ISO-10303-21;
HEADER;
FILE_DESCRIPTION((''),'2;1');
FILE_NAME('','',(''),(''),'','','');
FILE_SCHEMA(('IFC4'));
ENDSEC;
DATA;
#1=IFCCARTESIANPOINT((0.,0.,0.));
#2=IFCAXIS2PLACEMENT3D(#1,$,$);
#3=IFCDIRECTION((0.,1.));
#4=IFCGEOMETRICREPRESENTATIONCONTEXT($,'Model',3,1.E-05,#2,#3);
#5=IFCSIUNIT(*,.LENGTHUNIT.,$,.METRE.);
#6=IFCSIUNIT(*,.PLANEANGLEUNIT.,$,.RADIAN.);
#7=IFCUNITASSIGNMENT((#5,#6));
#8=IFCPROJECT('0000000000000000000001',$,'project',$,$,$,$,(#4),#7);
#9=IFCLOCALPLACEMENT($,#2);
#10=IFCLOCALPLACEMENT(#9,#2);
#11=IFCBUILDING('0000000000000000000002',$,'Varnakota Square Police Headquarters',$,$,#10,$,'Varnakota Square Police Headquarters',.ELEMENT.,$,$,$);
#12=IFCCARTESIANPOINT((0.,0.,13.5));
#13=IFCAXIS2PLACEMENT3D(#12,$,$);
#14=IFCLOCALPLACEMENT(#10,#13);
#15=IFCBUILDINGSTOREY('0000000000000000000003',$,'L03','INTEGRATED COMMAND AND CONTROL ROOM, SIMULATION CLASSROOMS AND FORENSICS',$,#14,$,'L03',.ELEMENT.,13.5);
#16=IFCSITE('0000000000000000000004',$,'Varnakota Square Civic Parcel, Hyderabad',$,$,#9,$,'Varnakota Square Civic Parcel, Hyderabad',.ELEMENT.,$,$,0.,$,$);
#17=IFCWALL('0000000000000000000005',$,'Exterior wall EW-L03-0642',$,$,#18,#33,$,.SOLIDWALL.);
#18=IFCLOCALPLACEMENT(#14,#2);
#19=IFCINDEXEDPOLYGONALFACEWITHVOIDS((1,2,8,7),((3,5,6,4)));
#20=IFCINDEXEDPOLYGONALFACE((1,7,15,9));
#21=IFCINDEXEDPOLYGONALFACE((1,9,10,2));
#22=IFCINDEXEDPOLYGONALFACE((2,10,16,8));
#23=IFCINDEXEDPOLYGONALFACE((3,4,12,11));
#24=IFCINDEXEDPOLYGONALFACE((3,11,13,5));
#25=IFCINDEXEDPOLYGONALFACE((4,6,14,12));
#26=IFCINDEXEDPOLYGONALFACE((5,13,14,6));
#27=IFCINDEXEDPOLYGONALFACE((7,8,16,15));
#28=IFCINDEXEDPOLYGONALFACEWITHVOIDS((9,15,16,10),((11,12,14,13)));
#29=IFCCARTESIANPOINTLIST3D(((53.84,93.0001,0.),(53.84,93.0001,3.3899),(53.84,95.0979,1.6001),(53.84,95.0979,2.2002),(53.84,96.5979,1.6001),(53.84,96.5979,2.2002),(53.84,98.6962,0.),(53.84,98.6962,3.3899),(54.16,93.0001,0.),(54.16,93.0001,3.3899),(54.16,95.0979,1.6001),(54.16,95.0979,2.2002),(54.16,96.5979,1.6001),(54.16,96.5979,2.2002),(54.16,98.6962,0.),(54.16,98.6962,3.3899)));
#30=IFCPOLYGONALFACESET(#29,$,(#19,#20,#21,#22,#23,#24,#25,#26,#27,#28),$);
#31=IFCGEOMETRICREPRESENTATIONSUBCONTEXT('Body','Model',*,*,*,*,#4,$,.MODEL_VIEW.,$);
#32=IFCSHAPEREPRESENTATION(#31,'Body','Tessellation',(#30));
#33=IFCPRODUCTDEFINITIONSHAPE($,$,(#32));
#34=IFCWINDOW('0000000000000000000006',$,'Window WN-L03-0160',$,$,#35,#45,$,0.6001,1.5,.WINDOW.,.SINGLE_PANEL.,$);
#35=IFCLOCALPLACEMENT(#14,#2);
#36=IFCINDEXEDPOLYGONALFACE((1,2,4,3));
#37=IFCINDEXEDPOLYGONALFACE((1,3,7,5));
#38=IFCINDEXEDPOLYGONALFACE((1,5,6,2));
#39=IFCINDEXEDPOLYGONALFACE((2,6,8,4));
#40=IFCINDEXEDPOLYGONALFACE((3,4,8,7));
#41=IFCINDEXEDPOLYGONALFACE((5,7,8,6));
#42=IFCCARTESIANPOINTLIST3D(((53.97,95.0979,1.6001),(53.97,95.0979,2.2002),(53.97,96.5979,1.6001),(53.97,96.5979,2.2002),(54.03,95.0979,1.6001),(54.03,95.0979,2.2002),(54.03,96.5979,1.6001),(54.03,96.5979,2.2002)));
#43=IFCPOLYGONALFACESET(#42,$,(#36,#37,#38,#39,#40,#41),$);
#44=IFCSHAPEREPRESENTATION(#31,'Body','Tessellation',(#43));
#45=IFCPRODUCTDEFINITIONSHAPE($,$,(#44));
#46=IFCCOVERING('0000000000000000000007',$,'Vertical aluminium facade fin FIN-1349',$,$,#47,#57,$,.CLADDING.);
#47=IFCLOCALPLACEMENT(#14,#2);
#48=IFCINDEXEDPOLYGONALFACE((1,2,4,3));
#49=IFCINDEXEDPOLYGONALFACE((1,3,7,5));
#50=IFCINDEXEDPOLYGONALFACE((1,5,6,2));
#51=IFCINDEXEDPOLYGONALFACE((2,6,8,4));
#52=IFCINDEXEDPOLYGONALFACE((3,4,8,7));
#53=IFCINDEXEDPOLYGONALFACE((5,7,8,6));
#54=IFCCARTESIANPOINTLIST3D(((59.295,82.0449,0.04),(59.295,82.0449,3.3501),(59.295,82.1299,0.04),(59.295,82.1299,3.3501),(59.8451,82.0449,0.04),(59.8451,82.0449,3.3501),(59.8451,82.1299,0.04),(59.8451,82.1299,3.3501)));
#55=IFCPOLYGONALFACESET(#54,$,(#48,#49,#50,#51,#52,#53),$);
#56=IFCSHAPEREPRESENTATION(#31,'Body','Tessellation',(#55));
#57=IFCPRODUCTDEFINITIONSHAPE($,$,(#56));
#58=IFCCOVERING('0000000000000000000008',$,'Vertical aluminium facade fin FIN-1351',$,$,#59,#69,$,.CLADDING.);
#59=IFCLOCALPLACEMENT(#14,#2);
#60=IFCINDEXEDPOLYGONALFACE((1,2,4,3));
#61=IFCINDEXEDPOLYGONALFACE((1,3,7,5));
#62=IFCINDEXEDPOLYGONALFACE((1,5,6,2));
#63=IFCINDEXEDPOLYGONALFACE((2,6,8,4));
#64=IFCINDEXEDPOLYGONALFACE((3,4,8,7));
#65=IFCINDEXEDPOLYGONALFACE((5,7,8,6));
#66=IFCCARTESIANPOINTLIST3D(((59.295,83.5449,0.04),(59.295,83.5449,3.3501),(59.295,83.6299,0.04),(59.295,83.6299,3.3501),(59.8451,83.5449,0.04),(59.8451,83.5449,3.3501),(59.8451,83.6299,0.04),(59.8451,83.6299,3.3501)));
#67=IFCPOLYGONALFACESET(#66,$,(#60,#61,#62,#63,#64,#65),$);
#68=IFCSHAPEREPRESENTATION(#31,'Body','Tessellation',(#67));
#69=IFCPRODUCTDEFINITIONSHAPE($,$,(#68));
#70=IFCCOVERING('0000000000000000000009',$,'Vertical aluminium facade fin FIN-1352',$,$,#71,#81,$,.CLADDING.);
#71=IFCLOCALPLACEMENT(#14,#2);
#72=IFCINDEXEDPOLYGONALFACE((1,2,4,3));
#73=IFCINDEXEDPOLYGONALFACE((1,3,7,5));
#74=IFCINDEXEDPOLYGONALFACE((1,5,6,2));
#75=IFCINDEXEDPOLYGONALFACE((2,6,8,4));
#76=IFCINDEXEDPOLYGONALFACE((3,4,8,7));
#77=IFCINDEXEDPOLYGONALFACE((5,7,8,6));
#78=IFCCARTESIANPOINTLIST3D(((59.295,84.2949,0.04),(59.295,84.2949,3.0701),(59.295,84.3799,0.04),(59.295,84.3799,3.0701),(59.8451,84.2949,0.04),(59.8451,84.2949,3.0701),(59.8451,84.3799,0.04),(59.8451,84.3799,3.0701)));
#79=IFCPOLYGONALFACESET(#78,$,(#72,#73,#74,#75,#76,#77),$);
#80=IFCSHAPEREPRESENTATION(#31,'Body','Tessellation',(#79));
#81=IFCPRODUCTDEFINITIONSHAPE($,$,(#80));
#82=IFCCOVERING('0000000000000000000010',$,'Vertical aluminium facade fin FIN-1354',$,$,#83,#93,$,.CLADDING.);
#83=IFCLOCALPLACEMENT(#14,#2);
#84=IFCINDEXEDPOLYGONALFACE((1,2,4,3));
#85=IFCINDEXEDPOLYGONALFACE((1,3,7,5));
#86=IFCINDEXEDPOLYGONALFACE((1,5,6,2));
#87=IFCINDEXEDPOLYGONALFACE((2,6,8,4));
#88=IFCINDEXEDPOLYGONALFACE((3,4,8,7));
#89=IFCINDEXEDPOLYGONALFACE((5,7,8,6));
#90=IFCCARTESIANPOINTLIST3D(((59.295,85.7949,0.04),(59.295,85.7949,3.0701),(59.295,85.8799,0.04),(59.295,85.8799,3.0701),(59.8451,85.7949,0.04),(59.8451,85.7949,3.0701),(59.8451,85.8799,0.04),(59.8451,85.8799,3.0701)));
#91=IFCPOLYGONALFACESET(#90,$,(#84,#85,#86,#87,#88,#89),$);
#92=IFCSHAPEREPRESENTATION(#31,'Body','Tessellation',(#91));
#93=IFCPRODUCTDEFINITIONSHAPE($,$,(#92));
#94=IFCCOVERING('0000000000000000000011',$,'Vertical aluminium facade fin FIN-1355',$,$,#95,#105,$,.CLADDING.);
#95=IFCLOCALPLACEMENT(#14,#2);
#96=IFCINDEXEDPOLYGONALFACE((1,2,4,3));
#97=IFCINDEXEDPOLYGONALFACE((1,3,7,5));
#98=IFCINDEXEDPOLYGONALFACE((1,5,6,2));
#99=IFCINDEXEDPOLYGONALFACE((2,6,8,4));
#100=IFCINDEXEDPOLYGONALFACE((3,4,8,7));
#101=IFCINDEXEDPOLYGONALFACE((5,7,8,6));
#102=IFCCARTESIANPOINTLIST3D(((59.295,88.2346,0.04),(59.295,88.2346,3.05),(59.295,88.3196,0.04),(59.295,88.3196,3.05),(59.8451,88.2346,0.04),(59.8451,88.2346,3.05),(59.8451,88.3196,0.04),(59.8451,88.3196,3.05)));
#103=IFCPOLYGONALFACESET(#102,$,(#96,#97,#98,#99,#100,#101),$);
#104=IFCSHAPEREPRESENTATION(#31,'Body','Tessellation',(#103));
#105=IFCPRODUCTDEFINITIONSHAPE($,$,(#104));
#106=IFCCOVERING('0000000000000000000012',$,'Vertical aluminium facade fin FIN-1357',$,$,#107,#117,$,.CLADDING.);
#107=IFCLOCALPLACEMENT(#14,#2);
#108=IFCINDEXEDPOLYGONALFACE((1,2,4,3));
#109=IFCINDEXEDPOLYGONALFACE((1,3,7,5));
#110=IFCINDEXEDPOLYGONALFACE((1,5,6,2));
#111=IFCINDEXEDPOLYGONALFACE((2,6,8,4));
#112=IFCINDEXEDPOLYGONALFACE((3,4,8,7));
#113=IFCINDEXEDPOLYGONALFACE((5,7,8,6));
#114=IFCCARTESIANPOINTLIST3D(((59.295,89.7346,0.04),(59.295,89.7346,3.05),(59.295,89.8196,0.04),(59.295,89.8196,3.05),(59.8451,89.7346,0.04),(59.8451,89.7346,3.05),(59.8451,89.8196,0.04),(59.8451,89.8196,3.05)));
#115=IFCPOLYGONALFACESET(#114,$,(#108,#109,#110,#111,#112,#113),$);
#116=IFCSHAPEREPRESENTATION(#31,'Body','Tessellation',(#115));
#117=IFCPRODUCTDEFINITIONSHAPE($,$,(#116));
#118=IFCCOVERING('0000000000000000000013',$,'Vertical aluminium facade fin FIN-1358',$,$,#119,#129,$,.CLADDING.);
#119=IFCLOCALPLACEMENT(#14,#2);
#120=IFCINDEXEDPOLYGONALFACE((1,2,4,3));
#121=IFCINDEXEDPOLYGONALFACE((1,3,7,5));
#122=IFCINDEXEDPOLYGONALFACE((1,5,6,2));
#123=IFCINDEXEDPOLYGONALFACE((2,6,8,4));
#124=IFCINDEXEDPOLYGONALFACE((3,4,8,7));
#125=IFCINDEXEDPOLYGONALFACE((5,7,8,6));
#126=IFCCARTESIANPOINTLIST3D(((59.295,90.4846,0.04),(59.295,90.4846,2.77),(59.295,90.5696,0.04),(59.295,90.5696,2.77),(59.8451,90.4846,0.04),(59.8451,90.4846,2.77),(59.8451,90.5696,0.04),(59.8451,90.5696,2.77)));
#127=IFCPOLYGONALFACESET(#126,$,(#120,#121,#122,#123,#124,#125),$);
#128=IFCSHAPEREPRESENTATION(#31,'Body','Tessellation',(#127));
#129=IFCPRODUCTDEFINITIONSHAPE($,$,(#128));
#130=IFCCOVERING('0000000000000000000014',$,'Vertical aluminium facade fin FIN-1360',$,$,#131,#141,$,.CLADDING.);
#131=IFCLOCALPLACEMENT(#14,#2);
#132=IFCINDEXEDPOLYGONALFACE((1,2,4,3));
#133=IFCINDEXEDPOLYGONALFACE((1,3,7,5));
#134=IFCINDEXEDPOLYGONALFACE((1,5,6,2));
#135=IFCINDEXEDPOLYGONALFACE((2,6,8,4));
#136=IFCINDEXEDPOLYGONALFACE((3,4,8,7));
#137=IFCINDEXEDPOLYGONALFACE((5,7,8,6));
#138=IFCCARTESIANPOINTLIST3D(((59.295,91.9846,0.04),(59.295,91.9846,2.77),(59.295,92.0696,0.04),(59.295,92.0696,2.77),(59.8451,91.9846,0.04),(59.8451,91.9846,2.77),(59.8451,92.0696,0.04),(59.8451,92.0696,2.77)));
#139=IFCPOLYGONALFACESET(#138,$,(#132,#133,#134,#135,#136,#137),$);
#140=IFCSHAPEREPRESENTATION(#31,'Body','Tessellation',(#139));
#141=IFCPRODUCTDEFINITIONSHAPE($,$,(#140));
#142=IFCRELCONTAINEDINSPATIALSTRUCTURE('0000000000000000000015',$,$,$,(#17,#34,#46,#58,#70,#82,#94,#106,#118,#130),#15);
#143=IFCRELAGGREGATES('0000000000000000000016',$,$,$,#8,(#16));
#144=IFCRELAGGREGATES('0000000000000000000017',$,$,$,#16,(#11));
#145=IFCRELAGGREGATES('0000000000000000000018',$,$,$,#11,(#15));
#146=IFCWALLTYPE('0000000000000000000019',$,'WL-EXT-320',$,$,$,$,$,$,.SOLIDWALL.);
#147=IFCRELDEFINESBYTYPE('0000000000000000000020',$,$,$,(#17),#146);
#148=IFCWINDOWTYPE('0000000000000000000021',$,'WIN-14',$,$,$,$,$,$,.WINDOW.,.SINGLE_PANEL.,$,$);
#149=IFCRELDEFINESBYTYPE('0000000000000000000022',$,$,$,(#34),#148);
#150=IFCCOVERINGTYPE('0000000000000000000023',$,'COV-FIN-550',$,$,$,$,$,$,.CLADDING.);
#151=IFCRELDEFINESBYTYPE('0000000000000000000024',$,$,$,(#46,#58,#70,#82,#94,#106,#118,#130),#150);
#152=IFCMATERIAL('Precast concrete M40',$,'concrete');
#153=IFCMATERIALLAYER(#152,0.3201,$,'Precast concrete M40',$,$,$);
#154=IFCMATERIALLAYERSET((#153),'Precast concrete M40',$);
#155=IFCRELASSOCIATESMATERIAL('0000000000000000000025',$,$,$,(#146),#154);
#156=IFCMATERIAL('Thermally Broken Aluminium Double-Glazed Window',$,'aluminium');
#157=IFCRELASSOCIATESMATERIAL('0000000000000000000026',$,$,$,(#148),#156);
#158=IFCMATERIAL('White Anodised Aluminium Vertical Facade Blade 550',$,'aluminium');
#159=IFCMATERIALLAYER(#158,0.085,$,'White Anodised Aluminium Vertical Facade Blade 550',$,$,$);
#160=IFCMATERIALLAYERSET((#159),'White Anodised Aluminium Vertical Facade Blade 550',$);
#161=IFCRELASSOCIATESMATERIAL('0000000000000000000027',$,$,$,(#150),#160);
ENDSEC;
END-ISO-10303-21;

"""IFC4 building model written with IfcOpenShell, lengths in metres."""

from ifc_helpers import new_model, si_unit, direction, frame, frame_2d, origin, origin_2d, place, context, subcontext, project, spatial, rectangle, extrude, material, layer, layer_set, type_object, element, fill, save


model = new_model("IFC4")

# Units and contexts
model_context = context("Model", 3, precision=1e-05, world=origin(), true_north=direction((0.0, 1.0)))
body_context = subcontext(model_context, "Body", "Model", "MODEL_VIEW")
ifc_project = project(units=[si_unit("LENGTHUNIT", "METRE"), si_unit("PLANEANGLEUNIT", "RADIAN")], contexts=[model_context])

# Site, building, storey
site_placement = place(None, origin())
site = spatial("IfcSite", under=ifc_project, at=site_placement, Name="Varnakota Square Civic Parcel, Hyderabad", LongName="Varnakota Square Civic Parcel, Hyderabad", CompositionType="ELEMENT", RefElevation=0.0)
building_placement = place(site_placement, origin())
building = spatial("IfcBuilding", under=site, at=building_placement, Name="Varnakota Square Police Headquarters", LongName="Varnakota Square Police Headquarters", CompositionType="ELEMENT")
storey_placement = place(building_placement, frame((0.0, 0.0, 13.5)))
storey = spatial("IfcBuildingStorey", under=building, at=storey_placement, Name="L03", Description="INTEGRATED COMMAND AND CONTROL ROOM, SIMULATION CLASSROOMS AND FORENSICS", LongName="L03", CompositionType="ELEMENT", Elevation=13.5)

# Wall, opening, window
ifc_material_1 = material(Name="Precast concrete M40", Category="concrete")
ifc_layer_1 = layer(ifc_material_1, 0.3201, Name="Precast concrete M40")
ifc_layer_set_1 = layer_set([ifc_layer_1], Name="Precast concrete M40")
wall_type = type_object("IfcWallType", Name="WL-EXT-320", PredefinedType="SOLIDWALL", material=ifc_layer_set_1)
ifc_material_2 = material(Name="Thermally Broken Aluminium Double-Glazed Window", Category="aluminium")
window_type = type_object("IfcWindowType", Name="WIN-14", PartitioningType="SINGLE_PANEL", PredefinedType="WINDOW", material=ifc_material_2)
wall_1_placement = place(storey_placement, frame((54.0, 93.0, 0.0), z_axis=(0.0, 0.0, 1.0), x_axis=(0.0, 1.0, 0.0)))
wall_1 = element("IfcWall", 1, at=wall_1_placement, inside=storey, type_object=wall_type, Name="Exterior wall EW-L03-0642", PredefinedType="SOLIDWALL", context=body_context, shape_type="SweptSolid", body=[
    extrude(rectangle(XDim=5.696, YDim=0.3201, at=frame_2d((2.8481, 0.0))), origin(), (0.0, 0.0, 1.0), 3.3899),
])
opening_1_placement = place(wall_1_placement, frame((2.0979, 0.0, 1.6001)))
opening_1 = element("IfcOpeningElement", 2, at=opening_1_placement, cuts=wall_1, PredefinedType="OPENING", context=body_context, shape_type="SweptSolid", body=[
    extrude(rectangle(XDim=1.5, YDim=0.6001, at=frame_2d((0.75, 0.3))), frame((0.0, 0.1699, 0.0), z_axis=(0.0, -1.0, 0.0), x_axis=(1.0, 0.0, 0.0)), (0.0, 0.0, 1.0), 0.3401),
])
window_1_placement = place(opening_1_placement, origin())
window_1 = element("IfcWindow", 3, at=window_1_placement, inside=storey, type_object=window_type, Name="Window WN-L03-0160", OverallHeight=0.6001, OverallWidth=1.5, PartitioningType="SINGLE_PANEL", PredefinedType="WINDOW", context=body_context, shape_type="SweptSolid", body=[
    extrude(rectangle(XDim=1.5, YDim=0.6001, at=frame_2d((0.75, 0.3))), frame((0.0, 0.03, 0.0), z_axis=(0.0, -1.0, 0.0), x_axis=(1.0, 0.0, 0.0)), (0.0, 0.0, 1.0), 0.0601),
])
fill(opening_1, window_1)

# Coverings
ifc_material_3 = material(Name="White Anodised Aluminium Vertical Facade Blade 550", Category="aluminium")
ifc_layer_2 = layer(ifc_material_3, 0.085, Name="White Anodised Aluminium Vertical Facade Blade 550")
ifc_layer_set_2 = layer_set([ifc_layer_2], Name="White Anodised Aluminium Vertical Facade Blade 550")
covering_type = type_object("IfcCoveringType", Name="COV-FIN-550", PredefinedType="CLADDING", material=ifc_layer_set_2)
for number, where, z_axis, x_axis, name in (
    (4, (59.5701, 82.0874, 0.04), (0.0, 0.0, 1.0), (0.0, 1.0, 0.0), "Vertical aluminium facade fin FIN-1349"),
    (5, (59.5701, 83.5874, 0.04), (0.0, 0.0, 1.0), (0.0, 1.0, 0.0), "Vertical aluminium facade fin FIN-1351"),
):
    element("IfcCovering", number, at=place(storey_placement, frame(where, z_axis=z_axis, x_axis=x_axis)), inside=storey, type_object=covering_type, Name=name, PredefinedType="CLADDING", context=body_context, shape_type="SweptSolid", body=[
        extrude(rectangle(XDim=0.085, YDim=0.55, at=origin_2d()), origin(), (0.0, 0.0, 1.0), 3.3101),
    ])
for number, where, z_axis, x_axis, name in (
    (6, (59.5701, 84.3374, 0.04), (0.0, 0.0, 1.0), (0.0, 1.0, 0.0), "Vertical aluminium facade fin FIN-1352"),
    (7, (59.5701, 85.8374, 0.04), (0.0, 0.0, 1.0), (0.0, 1.0, 0.0), "Vertical aluminium facade fin FIN-1354"),
):
    element("IfcCovering", number, at=place(storey_placement, frame(where, z_axis=z_axis, x_axis=x_axis)), inside=storey, type_object=covering_type, Name=name, PredefinedType="CLADDING", context=body_context, shape_type="SweptSolid", body=[
        extrude(rectangle(XDim=0.085, YDim=0.55, at=origin_2d()), origin(), (0.0, 0.0, 1.0), 3.03),
    ])
for number, where, z_axis, x_axis, name in (
    (8, (59.5701, 88.2771, 0.04), (0.0, 0.0, 1.0), (0.0, 1.0, 0.0), "Vertical aluminium facade fin FIN-1355"),
    (9, (59.5701, 89.7771, 0.04), (0.0, 0.0, 1.0), (0.0, 1.0, 0.0), "Vertical aluminium facade fin FIN-1357"),
):
    element("IfcCovering", number, at=place(storey_placement, frame(where, z_axis=z_axis, x_axis=x_axis)), inside=storey, type_object=covering_type, Name=name, PredefinedType="CLADDING", context=body_context, shape_type="SweptSolid", body=[
        extrude(rectangle(XDim=0.085, YDim=0.55, at=origin_2d()), origin(), (0.0, 0.0, 1.0), 3.01),
    ])
for number, where, z_axis, x_axis, name in (
    (10, (59.5701, 90.5271, 0.04), (0.0, 0.0, 1.0), (0.0, 1.0, 0.0), "Vertical aluminium facade fin FIN-1358"),
    (11, (59.5701, 92.0271, 0.04), (0.0, 0.0, 1.0), (0.0, 1.0, 0.0), "Vertical aluminium facade fin FIN-1360"),
):
    element("IfcCovering", number, at=place(storey_placement, frame(where, z_axis=z_axis, x_axis=x_axis)), inside=storey, type_object=covering_type, Name=name, PredefinedType="CLADDING", context=body_context, shape_type="SweptSolid", body=[
        extrude(rectangle(XDim=0.085, YDim=0.55, at=origin_2d()), origin(), (0.0, 0.0, 1.0), 2.73),
    ])

save(model, "model.ifc")
